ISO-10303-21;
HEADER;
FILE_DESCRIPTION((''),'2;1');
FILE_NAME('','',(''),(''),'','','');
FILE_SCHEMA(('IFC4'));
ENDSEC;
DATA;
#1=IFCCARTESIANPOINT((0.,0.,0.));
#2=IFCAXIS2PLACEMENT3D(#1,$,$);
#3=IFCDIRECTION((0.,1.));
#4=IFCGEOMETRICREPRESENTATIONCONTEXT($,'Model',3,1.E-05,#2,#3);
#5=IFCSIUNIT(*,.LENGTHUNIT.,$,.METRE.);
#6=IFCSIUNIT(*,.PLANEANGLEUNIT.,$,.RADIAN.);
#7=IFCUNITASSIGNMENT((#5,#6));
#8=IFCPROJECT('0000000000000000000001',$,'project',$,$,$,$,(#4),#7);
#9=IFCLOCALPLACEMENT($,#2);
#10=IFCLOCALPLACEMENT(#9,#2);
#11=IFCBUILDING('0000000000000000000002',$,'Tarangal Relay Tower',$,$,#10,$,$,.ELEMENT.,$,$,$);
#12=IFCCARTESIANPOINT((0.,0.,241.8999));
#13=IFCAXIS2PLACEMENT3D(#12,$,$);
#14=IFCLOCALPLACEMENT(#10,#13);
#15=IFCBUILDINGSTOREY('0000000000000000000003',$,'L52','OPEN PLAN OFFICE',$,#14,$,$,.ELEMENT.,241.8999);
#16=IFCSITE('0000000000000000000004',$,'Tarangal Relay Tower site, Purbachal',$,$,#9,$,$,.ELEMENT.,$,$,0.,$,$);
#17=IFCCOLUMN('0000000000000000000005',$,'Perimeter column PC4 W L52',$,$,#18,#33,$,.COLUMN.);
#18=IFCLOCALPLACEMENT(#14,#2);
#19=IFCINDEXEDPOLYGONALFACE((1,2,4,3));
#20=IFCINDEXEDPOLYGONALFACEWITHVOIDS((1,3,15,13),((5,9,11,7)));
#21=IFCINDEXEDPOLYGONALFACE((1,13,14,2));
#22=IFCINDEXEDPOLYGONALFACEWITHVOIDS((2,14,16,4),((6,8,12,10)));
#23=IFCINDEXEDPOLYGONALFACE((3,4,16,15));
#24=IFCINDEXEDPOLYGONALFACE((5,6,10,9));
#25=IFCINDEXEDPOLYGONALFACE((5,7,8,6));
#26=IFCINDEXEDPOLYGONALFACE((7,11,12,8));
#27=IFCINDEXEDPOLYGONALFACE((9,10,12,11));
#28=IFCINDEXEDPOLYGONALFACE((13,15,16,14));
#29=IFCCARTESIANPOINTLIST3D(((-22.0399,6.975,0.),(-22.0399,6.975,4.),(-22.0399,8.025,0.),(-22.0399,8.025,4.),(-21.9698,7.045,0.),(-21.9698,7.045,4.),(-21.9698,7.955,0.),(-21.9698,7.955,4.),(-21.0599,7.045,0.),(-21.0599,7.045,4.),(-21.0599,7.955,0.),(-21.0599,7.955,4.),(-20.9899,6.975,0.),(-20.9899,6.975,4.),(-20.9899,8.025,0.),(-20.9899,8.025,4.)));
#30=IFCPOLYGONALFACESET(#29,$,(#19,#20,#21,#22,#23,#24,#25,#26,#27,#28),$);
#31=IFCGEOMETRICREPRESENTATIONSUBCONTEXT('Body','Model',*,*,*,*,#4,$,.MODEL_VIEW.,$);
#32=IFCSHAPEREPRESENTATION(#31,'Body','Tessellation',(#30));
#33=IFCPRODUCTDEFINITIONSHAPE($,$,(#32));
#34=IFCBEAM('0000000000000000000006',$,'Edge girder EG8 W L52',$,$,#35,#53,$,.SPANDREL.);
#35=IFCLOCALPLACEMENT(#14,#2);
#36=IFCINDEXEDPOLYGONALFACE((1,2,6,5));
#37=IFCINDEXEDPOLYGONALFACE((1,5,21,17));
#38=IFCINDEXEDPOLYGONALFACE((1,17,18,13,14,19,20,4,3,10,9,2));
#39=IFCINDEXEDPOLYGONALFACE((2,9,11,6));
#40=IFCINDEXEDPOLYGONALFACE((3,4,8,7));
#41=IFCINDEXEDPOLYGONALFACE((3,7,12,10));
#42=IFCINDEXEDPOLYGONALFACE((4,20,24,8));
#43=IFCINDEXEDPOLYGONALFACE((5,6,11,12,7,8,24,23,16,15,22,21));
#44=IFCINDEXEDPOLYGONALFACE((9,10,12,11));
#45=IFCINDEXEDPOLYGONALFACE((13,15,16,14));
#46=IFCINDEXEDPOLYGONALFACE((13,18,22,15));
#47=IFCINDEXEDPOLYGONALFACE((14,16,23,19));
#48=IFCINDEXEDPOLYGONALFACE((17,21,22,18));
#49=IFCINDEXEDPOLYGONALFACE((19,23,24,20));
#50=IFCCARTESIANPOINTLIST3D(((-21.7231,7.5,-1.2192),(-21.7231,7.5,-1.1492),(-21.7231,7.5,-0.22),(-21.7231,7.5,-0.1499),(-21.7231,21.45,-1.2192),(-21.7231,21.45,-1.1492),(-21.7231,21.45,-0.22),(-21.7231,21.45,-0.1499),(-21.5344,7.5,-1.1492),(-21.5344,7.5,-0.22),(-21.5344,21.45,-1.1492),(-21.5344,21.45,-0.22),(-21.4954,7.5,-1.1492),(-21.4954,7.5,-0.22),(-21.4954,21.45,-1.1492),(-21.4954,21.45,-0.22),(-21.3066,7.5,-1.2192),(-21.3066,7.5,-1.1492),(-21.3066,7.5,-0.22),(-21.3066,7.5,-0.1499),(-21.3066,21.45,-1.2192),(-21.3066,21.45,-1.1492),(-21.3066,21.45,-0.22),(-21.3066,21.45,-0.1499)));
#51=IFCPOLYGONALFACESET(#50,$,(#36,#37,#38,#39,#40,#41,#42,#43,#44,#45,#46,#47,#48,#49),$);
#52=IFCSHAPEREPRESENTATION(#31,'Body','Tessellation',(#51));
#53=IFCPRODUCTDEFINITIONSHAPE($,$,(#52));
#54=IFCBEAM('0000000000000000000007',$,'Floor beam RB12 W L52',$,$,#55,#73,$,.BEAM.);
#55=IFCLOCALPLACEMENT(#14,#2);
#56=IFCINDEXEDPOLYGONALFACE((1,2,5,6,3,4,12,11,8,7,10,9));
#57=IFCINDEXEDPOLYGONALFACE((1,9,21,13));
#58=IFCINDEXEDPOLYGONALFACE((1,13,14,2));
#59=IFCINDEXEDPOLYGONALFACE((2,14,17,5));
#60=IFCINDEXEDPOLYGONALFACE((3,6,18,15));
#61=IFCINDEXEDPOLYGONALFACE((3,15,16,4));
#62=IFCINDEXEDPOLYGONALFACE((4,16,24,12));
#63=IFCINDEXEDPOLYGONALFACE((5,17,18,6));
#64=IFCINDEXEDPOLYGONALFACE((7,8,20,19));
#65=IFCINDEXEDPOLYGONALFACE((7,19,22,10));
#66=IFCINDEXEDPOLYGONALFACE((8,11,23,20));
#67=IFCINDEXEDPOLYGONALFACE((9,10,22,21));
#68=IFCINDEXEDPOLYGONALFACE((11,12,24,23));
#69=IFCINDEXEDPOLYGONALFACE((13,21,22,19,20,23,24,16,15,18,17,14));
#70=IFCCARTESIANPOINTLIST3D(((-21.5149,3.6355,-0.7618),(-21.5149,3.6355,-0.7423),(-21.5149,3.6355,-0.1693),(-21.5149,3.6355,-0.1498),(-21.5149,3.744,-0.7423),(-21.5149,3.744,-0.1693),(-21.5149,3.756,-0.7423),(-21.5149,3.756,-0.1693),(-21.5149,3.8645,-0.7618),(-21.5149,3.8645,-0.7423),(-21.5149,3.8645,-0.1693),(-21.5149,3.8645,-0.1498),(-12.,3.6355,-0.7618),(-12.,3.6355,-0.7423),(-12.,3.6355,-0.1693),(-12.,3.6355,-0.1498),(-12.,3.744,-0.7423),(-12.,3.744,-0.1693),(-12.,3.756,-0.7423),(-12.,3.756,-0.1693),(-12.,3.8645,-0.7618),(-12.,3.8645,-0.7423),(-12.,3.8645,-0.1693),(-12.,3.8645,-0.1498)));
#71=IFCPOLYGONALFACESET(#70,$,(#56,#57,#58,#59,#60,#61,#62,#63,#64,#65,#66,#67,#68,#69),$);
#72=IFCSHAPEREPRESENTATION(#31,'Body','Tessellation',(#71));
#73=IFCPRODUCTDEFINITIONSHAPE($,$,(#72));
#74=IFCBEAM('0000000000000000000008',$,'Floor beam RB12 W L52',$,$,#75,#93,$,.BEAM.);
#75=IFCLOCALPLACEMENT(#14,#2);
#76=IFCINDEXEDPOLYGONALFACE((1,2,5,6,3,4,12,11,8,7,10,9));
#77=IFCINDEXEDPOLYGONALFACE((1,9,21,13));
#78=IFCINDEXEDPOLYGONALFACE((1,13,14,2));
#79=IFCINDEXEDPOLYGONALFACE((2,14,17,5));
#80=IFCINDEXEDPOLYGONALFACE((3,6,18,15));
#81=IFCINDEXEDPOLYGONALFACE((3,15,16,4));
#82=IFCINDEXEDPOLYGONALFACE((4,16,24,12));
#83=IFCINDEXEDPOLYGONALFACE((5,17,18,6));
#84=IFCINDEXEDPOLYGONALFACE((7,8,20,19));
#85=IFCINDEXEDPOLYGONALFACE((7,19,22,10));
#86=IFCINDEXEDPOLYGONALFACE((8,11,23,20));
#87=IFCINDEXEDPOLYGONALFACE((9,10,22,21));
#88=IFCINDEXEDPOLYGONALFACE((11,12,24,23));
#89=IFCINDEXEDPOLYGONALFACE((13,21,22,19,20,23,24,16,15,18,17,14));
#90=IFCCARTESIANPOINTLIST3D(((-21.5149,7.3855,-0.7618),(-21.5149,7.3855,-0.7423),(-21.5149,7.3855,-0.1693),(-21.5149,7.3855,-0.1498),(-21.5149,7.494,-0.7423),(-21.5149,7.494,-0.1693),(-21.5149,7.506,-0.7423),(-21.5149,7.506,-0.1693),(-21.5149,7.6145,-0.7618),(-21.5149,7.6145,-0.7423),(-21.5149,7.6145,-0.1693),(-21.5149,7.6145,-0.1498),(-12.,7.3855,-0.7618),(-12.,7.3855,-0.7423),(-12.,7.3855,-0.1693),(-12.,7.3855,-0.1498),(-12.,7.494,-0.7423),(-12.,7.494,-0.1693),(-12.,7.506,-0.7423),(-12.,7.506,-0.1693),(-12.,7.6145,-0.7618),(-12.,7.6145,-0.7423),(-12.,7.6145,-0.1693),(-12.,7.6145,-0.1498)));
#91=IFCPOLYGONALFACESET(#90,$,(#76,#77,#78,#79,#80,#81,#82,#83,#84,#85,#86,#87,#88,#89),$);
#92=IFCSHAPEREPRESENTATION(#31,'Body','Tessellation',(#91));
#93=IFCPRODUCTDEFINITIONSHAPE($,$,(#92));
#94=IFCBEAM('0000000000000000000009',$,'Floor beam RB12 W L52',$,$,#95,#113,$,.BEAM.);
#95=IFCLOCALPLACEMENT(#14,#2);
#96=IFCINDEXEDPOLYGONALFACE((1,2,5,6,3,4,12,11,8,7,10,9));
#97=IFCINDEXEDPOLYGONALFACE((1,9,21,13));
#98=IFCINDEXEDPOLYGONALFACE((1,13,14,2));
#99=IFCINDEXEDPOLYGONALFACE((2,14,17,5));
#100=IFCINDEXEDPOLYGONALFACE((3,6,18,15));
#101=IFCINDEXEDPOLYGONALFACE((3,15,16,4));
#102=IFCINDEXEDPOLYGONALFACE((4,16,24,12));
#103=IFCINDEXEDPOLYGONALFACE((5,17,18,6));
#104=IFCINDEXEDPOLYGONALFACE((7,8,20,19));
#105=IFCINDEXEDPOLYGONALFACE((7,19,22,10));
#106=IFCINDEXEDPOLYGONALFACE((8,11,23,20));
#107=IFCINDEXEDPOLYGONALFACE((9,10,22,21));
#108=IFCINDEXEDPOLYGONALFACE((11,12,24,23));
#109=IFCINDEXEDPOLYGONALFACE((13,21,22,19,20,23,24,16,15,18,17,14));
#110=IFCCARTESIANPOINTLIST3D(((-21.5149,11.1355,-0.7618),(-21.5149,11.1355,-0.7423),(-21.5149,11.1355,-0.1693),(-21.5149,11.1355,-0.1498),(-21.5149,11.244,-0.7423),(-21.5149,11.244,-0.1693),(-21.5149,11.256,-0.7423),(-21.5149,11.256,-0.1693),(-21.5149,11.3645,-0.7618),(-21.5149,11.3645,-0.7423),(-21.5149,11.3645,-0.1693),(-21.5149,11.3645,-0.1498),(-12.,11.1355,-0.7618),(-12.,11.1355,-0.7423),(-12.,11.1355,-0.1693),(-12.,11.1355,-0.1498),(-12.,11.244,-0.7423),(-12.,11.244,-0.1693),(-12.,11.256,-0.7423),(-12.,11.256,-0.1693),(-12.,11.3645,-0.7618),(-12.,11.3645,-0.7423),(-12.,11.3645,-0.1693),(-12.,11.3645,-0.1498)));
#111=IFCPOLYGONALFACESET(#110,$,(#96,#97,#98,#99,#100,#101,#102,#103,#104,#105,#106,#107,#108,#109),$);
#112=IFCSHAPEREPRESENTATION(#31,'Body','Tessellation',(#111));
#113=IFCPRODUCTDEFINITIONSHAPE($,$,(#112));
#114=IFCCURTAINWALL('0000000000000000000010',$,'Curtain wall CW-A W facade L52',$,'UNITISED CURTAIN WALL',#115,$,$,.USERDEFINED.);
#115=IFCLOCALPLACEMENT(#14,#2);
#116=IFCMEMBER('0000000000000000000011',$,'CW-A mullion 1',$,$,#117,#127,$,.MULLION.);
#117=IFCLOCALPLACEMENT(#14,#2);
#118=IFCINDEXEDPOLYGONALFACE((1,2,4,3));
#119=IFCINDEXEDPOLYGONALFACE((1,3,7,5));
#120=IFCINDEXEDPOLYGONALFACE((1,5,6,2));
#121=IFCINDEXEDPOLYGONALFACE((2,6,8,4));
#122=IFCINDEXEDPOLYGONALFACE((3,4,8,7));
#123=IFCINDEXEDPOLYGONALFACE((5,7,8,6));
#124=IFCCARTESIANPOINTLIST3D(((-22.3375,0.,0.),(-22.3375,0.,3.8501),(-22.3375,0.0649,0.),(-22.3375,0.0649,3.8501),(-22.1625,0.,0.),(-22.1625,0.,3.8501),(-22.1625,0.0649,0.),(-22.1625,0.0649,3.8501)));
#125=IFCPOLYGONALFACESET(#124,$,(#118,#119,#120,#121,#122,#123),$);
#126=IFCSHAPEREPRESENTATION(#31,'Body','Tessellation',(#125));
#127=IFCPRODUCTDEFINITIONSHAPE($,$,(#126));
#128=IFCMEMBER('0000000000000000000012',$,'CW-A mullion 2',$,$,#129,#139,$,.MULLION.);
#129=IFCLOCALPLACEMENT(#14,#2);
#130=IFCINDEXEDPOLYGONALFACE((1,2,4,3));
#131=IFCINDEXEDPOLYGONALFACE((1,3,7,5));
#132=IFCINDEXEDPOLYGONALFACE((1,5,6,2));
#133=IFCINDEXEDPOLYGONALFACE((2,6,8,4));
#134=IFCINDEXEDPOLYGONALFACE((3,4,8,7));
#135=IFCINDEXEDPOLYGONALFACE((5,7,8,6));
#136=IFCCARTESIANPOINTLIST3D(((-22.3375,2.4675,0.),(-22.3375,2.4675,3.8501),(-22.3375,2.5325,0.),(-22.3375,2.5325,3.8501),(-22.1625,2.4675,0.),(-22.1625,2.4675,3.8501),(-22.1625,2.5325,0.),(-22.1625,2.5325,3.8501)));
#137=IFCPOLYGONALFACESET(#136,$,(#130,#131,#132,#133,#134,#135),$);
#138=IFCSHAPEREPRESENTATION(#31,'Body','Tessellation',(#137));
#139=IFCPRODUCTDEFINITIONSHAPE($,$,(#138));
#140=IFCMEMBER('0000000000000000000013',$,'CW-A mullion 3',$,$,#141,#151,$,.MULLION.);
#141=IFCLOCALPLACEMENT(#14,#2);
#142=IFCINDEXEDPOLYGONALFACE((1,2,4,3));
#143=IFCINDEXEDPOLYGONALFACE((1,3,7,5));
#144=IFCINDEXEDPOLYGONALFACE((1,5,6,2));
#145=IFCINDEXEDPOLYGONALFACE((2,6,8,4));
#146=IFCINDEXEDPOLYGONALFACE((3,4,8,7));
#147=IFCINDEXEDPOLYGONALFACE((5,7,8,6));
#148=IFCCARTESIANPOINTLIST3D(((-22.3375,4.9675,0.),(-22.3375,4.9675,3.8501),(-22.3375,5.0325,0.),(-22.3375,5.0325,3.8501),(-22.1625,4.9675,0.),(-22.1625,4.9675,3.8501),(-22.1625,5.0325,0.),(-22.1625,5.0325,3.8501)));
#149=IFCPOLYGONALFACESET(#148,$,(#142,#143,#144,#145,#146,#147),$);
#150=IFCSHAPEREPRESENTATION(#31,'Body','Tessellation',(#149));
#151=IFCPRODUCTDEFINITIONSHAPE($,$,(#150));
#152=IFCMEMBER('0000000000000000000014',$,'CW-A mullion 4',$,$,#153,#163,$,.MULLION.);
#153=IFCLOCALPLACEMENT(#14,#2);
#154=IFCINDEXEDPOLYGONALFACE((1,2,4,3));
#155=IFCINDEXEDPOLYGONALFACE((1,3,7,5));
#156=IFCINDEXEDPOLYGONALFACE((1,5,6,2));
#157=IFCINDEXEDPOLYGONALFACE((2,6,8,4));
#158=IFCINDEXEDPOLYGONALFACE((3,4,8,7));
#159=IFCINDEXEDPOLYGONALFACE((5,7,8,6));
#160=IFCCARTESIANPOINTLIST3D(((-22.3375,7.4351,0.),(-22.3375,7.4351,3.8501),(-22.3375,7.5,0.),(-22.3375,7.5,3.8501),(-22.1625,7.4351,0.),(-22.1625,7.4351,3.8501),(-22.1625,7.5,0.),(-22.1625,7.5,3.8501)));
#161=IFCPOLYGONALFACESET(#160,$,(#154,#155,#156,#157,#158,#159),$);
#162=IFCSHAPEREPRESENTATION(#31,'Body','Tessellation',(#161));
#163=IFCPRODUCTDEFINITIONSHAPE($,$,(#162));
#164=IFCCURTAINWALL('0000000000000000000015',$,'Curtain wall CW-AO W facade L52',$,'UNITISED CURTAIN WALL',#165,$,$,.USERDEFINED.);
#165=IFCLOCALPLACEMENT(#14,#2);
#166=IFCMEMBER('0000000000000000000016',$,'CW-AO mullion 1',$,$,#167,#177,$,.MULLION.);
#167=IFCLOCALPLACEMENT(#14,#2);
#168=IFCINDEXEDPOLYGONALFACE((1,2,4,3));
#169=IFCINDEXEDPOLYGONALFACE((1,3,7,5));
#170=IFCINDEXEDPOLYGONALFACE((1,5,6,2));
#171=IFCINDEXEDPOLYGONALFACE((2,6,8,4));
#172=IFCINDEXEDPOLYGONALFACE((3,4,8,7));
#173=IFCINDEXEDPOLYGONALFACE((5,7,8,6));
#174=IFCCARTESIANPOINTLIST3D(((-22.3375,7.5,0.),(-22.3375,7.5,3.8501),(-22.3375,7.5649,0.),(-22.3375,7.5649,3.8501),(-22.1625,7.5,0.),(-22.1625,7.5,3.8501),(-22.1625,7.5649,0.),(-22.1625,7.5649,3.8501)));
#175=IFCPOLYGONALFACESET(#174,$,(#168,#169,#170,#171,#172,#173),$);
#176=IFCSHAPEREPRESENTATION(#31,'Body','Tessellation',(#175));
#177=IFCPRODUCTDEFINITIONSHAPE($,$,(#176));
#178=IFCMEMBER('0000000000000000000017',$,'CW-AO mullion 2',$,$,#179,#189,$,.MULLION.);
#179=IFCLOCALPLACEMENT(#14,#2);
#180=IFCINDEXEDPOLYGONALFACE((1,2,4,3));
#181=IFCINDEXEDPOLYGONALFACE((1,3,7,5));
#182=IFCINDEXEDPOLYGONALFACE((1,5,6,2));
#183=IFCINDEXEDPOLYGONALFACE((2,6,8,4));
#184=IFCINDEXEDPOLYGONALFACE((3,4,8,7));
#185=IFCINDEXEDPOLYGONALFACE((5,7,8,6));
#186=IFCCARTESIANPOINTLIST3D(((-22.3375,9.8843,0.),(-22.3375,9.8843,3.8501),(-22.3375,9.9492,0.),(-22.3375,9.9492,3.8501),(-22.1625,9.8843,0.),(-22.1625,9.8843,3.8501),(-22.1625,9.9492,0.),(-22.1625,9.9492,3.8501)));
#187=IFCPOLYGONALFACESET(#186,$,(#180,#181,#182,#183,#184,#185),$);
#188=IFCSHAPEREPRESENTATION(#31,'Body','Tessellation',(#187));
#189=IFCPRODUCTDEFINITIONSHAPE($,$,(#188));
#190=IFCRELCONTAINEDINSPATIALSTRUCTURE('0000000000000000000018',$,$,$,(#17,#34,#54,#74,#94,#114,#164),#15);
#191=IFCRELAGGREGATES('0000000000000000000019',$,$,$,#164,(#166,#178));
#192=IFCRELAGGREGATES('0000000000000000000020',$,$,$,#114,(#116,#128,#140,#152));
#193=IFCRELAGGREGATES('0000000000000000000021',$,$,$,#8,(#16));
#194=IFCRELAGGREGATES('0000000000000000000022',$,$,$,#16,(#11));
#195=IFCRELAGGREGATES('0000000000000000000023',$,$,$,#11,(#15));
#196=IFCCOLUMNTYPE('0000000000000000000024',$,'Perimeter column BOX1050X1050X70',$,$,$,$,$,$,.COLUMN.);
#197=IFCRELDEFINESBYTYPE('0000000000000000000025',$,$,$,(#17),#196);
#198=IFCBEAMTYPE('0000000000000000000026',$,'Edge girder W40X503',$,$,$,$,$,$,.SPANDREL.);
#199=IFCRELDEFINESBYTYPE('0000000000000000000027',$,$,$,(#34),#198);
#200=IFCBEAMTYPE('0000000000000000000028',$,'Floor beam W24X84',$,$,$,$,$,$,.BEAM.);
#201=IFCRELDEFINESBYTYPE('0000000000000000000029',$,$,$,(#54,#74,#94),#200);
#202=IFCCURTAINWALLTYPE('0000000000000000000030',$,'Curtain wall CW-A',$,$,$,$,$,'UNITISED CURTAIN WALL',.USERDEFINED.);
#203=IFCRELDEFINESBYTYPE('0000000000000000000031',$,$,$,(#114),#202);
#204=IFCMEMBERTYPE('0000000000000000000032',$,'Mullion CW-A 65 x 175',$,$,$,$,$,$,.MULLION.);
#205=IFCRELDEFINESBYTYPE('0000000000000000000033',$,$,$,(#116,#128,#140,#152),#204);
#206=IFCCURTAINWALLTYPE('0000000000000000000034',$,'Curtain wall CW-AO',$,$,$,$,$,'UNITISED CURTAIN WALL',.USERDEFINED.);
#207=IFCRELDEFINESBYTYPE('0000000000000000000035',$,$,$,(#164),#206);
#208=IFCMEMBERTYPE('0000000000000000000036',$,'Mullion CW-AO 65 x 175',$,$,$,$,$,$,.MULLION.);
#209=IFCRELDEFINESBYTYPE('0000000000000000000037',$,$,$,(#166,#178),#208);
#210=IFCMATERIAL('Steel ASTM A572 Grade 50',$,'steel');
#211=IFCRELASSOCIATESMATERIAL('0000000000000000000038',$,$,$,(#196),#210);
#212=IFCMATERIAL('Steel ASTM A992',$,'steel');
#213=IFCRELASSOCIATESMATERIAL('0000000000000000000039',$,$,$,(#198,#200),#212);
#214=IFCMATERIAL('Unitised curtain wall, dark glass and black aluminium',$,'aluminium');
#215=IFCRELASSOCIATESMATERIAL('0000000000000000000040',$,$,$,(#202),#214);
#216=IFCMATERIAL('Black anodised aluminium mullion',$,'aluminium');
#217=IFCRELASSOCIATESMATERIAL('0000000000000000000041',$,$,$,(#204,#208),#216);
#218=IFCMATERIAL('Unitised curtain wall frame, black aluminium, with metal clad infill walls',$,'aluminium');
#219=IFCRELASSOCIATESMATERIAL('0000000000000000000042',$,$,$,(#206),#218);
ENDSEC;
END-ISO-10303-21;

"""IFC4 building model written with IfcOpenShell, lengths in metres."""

from ifc_helpers import new_model, si_unit, direction, frame, origin, origin_2d, place, context, subcontext, project, spatial, rectangle, hollow_rectangle, i_section, extrude, material, material_profile, profile_set, type_object, element, aggregate, save


model = new_model("IFC4")

# Units and contexts
model_context = context("Model", 3, precision=1e-05, world=origin(), true_north=direction((0.0, 1.0)))
body_context = subcontext(model_context, "Body", "Model", "MODEL_VIEW")
ifc_project = project(units=[si_unit("LENGTHUNIT", "METRE"), si_unit("PLANEANGLEUNIT", "RADIAN")], contexts=[model_context])

# Site, building, storey
site_placement = place(None, origin())
site = spatial("IfcSite", under=ifc_project, at=site_placement, Name="Tarangal Relay Tower site, Purbachal", CompositionType="ELEMENT", RefElevation=0.0)
building_placement = place(site_placement, origin())
building = spatial("IfcBuilding", under=site, at=building_placement, Name="Tarangal Relay Tower", CompositionType="ELEMENT")
storey_placement = place(building_placement, frame((0.0, 0.0, 241.8999)))
storey = spatial("IfcBuildingStorey", under=building, at=storey_placement, Name="L52", Description="OPEN PLAN OFFICE", CompositionType="ELEMENT", Elevation=241.8999)

# Column
ifc_material_1 = material(Name="Steel ASTM A572 Grade 50", Category="steel")
ifc_material_profile_1 = material_profile(ifc_material_1, hollow_rectangle(XDim=1.05, YDim=1.05, WallThickness=0.0701, at=origin_2d()), Name="BOX1050X1050X70")
ifc_profile_set_1 = profile_set([ifc_material_profile_1], Name="Steel ASTM A572 Grade 50")
column_type = type_object("IfcColumnType", Name="Perimeter column BOX1050X1050X70", PredefinedType="COLUMN", material=ifc_profile_set_1)
column_placement = place(storey_placement, frame((-21.5149, 7.5, 0.0), z_axis=(0.0, 0.0, 1.0), x_axis=(1.0, 0.0, 0.0)))
element("IfcColumn", 1, at=column_placement, inside=storey, type_object=column_type, Name="Perimeter column PC4 W L52", PredefinedType="COLUMN", context=body_context, shape_type="SweptSolid", body=[
    extrude(hollow_rectangle(XDim=1.05, YDim=1.05, WallThickness=0.0701, at=origin_2d()), origin(), (0.0, 0.0, 1.0), 4.0),
])

# Beams
ifc_material_2 = material(Name="Steel ASTM A992", Category="steel")
ifc_material_profile_2 = material_profile(ifc_material_2, i_section(OverallWidth=0.4165, OverallDepth=1.0693, WebThickness=0.0391, FlangeThickness=0.0701, at=origin_2d()), Name="W40X503")
ifc_profile_set_2 = profile_set([ifc_material_profile_2], Name="Steel ASTM A992")
beam_type_1 = type_object("IfcBeamType", Name="Edge girder W40X503", PredefinedType="SPANDREL", material=ifc_profile_set_2)
beam_placement = place(storey_placement, frame((-21.5149, 7.5, -0.6846), z_axis=(0.0, 1.0, 0.0), x_axis=(-1.0, 0.0, 0.0)))
element("IfcBeam", 2, at=beam_placement, inside=storey, type_object=beam_type_1, Name="Edge girder EG8 W L52", PredefinedType="SPANDREL", context=body_context, shape_type="SweptSolid", body=[
    extrude(i_section(OverallWidth=0.4165, OverallDepth=1.0693, WebThickness=0.0391, FlangeThickness=0.0701, at=origin_2d()), origin(), (0.0, 0.0, 1.0), 13.95),
])
ifc_material_profile_3 = material_profile(ifc_material_2, i_section(OverallWidth=0.229, OverallDepth=0.6121, WebThickness=0.012, FlangeThickness=0.0195, at=origin_2d()), Name="W24X84")
ifc_profile_set_3 = profile_set([ifc_material_profile_3], Name="Steel ASTM A992")
beam_type_2 = type_object("IfcBeamType", Name="Floor beam W24X84", PredefinedType="BEAM", material=ifc_profile_set_3)
for number, where, z_axis, x_axis, name in (
    (3, (-12.0, 3.75, -0.4558), (-1.0, 0.0, 0.0), (0.0, -1.0, 0.0), "Floor beam RB12 W L52"),
    (4, (-12.0, 7.5, -0.4558), (-1.0, 0.0, 0.0), (0.0, -1.0, 0.0), "Floor beam RB12 W L52"),
    (5, (-12.0, 11.25, -0.4558), (-1.0, 0.0, 0.0), (0.0, -1.0, 0.0), "Floor beam RB12 W L52"),
):
    element("IfcBeam", number, at=place(storey_placement, frame(where, z_axis=z_axis, x_axis=x_axis)), inside=storey, type_object=beam_type_2, Name=name, PredefinedType="BEAM", context=body_context, shape_type="SweptSolid", body=[
        extrude(i_section(OverallWidth=0.229, OverallDepth=0.6121, WebThickness=0.012, FlangeThickness=0.0195, at=origin_2d()), origin(), (0.0, 0.0, 1.0), 9.5149),
    ])

# Curtain walls, members
ifc_material_3 = material(Name="Unitised curtain wall, dark glass and black aluminium", Category="aluminium")
curtain_wall_type_1 = type_object("IfcCurtainWallType", Name="Curtain wall CW-A", ElementType="UNITISED CURTAIN WALL", PredefinedType="USERDEFINED", material=ifc_material_3)
curtain_wall_1_placement = place(storey_placement, origin())
curtain_wall_1 = element("IfcCurtainWall", 6, at=curtain_wall_1_placement, inside=storey, type_object=curtain_wall_type_1, Name="Curtain wall CW-A W facade L52", ObjectType="UNITISED CURTAIN WALL", PredefinedType="USERDEFINED")
ifc_material_4 = material(Name="Black anodised aluminium mullion", Category="aluminium")
ifc_material_profile_4 = material_profile(ifc_material_4, rectangle(XDim=0.175, YDim=0.0649, at=origin_2d()), Name="CW-AM 65X175")
ifc_profile_set_4 = profile_set([ifc_material_profile_4], Name="Black anodised aluminium mullion")
member_type_1 = type_object("IfcMemberType", Name="Mullion CW-A 65 x 175", PredefinedType="MULLION", material=ifc_profile_set_4)
member_1_placement = place(storey_placement, frame((-22.25, 0.0325, 0.0), z_axis=(0.0, 0.0, 1.0), x_axis=(-1.0, 0.0, 0.0)))
member_1 = element("IfcMember", 7, at=member_1_placement, type_object=member_type_1, Name="CW-A mullion 1", PredefinedType="MULLION", context=body_context, shape_type="SweptSolid", body=[
    extrude(rectangle(XDim=0.175, YDim=0.0649, at=origin_2d()), origin(), (0.0, 0.0, 1.0), 3.8501),
])
member_2_placement = place(storey_placement, frame((-22.25, 2.5, 0.0), z_axis=(0.0, 0.0, 1.0), x_axis=(-1.0, 0.0, 0.0)))
member_2 = element("IfcMember", 8, at=member_2_placement, type_object=member_type_1, Name="CW-A mullion 2", PredefinedType="MULLION", context=body_context, shape_type="SweptSolid", body=[
    extrude(rectangle(XDim=0.175, YDim=0.0649, at=origin_2d()), origin(), (0.0, 0.0, 1.0), 3.8501),
])
member_3_placement = place(storey_placement, frame((-22.25, 5.0, 0.0), z_axis=(0.0, 0.0, 1.0), x_axis=(-1.0, 0.0, 0.0)))
member_3 = element("IfcMember", 9, at=member_3_placement, type_object=member_type_1, Name="CW-A mullion 3", PredefinedType="MULLION", context=body_context, shape_type="SweptSolid", body=[
    extrude(rectangle(XDim=0.175, YDim=0.0649, at=origin_2d()), origin(), (0.0, 0.0, 1.0), 3.8501),
])
member_4_placement = place(storey_placement, frame((-22.25, 7.4675, 0.0), z_axis=(0.0, 0.0, 1.0), x_axis=(-1.0, 0.0, 0.0)))
member_4 = element("IfcMember", 10, at=member_4_placement, type_object=member_type_1, Name="CW-A mullion 4", PredefinedType="MULLION", context=body_context, shape_type="SweptSolid", body=[
    extrude(rectangle(XDim=0.175, YDim=0.0649, at=origin_2d()), origin(), (0.0, 0.0, 1.0), 3.8501),
])
ifc_material_5 = material(Name="Unitised curtain wall frame, black aluminium, with metal clad infill walls", Category="aluminium")
curtain_wall_type_2 = type_object("IfcCurtainWallType", Name="Curtain wall CW-AO", ElementType="UNITISED CURTAIN WALL", PredefinedType="USERDEFINED", material=ifc_material_5)
curtain_wall_2_placement = place(storey_placement, origin())
curtain_wall_2 = element("IfcCurtainWall", 11, at=curtain_wall_2_placement, inside=storey, type_object=curtain_wall_type_2, Name="Curtain wall CW-AO W facade L52", ObjectType="UNITISED CURTAIN WALL", PredefinedType="USERDEFINED")
ifc_material_profile_5 = material_profile(ifc_material_4, rectangle(XDim=0.175, YDim=0.0649, at=origin_2d()), Name="CW-AOM 65X175")
ifc_profile_set_5 = profile_set([ifc_material_profile_5], Name="Black anodised aluminium mullion")
member_type_2 = type_object("IfcMemberType", Name="Mullion CW-AO 65 x 175", PredefinedType="MULLION", material=ifc_profile_set_5)
member_5_placement = place(storey_placement, frame((-22.25, 7.5325, 0.0), z_axis=(0.0, 0.0, 1.0), x_axis=(-1.0, 0.0, 0.0)))
member_5 = element("IfcMember", 12, at=member_5_placement, type_object=member_type_2, Name="CW-AO mullion 1", PredefinedType="MULLION", context=body_context, shape_type="SweptSolid", body=[
    extrude(rectangle(XDim=0.175, YDim=0.0649, at=origin_2d()), origin(), (0.0, 0.0, 1.0), 3.8501),
])
member_6_placement = place(storey_placement, frame((-22.25, 9.9167, 0.0), z_axis=(0.0, 0.0, 1.0), x_axis=(-1.0, 0.0, 0.0)))
member_6 = element("IfcMember", 13, at=member_6_placement, type_object=member_type_2, Name="CW-AO mullion 2", PredefinedType="MULLION", context=body_context, shape_type="SweptSolid", body=[
    extrude(rectangle(XDim=0.175, YDim=0.0649, at=origin_2d()), origin(), (0.0, 0.0, 1.0), 3.8501),
])

aggregate(curtain_wall_2, [member_5, member_6])

aggregate(curtain_wall_1, [member_1, member_2, member_3, member_4])

save(model, "model.ifc")
